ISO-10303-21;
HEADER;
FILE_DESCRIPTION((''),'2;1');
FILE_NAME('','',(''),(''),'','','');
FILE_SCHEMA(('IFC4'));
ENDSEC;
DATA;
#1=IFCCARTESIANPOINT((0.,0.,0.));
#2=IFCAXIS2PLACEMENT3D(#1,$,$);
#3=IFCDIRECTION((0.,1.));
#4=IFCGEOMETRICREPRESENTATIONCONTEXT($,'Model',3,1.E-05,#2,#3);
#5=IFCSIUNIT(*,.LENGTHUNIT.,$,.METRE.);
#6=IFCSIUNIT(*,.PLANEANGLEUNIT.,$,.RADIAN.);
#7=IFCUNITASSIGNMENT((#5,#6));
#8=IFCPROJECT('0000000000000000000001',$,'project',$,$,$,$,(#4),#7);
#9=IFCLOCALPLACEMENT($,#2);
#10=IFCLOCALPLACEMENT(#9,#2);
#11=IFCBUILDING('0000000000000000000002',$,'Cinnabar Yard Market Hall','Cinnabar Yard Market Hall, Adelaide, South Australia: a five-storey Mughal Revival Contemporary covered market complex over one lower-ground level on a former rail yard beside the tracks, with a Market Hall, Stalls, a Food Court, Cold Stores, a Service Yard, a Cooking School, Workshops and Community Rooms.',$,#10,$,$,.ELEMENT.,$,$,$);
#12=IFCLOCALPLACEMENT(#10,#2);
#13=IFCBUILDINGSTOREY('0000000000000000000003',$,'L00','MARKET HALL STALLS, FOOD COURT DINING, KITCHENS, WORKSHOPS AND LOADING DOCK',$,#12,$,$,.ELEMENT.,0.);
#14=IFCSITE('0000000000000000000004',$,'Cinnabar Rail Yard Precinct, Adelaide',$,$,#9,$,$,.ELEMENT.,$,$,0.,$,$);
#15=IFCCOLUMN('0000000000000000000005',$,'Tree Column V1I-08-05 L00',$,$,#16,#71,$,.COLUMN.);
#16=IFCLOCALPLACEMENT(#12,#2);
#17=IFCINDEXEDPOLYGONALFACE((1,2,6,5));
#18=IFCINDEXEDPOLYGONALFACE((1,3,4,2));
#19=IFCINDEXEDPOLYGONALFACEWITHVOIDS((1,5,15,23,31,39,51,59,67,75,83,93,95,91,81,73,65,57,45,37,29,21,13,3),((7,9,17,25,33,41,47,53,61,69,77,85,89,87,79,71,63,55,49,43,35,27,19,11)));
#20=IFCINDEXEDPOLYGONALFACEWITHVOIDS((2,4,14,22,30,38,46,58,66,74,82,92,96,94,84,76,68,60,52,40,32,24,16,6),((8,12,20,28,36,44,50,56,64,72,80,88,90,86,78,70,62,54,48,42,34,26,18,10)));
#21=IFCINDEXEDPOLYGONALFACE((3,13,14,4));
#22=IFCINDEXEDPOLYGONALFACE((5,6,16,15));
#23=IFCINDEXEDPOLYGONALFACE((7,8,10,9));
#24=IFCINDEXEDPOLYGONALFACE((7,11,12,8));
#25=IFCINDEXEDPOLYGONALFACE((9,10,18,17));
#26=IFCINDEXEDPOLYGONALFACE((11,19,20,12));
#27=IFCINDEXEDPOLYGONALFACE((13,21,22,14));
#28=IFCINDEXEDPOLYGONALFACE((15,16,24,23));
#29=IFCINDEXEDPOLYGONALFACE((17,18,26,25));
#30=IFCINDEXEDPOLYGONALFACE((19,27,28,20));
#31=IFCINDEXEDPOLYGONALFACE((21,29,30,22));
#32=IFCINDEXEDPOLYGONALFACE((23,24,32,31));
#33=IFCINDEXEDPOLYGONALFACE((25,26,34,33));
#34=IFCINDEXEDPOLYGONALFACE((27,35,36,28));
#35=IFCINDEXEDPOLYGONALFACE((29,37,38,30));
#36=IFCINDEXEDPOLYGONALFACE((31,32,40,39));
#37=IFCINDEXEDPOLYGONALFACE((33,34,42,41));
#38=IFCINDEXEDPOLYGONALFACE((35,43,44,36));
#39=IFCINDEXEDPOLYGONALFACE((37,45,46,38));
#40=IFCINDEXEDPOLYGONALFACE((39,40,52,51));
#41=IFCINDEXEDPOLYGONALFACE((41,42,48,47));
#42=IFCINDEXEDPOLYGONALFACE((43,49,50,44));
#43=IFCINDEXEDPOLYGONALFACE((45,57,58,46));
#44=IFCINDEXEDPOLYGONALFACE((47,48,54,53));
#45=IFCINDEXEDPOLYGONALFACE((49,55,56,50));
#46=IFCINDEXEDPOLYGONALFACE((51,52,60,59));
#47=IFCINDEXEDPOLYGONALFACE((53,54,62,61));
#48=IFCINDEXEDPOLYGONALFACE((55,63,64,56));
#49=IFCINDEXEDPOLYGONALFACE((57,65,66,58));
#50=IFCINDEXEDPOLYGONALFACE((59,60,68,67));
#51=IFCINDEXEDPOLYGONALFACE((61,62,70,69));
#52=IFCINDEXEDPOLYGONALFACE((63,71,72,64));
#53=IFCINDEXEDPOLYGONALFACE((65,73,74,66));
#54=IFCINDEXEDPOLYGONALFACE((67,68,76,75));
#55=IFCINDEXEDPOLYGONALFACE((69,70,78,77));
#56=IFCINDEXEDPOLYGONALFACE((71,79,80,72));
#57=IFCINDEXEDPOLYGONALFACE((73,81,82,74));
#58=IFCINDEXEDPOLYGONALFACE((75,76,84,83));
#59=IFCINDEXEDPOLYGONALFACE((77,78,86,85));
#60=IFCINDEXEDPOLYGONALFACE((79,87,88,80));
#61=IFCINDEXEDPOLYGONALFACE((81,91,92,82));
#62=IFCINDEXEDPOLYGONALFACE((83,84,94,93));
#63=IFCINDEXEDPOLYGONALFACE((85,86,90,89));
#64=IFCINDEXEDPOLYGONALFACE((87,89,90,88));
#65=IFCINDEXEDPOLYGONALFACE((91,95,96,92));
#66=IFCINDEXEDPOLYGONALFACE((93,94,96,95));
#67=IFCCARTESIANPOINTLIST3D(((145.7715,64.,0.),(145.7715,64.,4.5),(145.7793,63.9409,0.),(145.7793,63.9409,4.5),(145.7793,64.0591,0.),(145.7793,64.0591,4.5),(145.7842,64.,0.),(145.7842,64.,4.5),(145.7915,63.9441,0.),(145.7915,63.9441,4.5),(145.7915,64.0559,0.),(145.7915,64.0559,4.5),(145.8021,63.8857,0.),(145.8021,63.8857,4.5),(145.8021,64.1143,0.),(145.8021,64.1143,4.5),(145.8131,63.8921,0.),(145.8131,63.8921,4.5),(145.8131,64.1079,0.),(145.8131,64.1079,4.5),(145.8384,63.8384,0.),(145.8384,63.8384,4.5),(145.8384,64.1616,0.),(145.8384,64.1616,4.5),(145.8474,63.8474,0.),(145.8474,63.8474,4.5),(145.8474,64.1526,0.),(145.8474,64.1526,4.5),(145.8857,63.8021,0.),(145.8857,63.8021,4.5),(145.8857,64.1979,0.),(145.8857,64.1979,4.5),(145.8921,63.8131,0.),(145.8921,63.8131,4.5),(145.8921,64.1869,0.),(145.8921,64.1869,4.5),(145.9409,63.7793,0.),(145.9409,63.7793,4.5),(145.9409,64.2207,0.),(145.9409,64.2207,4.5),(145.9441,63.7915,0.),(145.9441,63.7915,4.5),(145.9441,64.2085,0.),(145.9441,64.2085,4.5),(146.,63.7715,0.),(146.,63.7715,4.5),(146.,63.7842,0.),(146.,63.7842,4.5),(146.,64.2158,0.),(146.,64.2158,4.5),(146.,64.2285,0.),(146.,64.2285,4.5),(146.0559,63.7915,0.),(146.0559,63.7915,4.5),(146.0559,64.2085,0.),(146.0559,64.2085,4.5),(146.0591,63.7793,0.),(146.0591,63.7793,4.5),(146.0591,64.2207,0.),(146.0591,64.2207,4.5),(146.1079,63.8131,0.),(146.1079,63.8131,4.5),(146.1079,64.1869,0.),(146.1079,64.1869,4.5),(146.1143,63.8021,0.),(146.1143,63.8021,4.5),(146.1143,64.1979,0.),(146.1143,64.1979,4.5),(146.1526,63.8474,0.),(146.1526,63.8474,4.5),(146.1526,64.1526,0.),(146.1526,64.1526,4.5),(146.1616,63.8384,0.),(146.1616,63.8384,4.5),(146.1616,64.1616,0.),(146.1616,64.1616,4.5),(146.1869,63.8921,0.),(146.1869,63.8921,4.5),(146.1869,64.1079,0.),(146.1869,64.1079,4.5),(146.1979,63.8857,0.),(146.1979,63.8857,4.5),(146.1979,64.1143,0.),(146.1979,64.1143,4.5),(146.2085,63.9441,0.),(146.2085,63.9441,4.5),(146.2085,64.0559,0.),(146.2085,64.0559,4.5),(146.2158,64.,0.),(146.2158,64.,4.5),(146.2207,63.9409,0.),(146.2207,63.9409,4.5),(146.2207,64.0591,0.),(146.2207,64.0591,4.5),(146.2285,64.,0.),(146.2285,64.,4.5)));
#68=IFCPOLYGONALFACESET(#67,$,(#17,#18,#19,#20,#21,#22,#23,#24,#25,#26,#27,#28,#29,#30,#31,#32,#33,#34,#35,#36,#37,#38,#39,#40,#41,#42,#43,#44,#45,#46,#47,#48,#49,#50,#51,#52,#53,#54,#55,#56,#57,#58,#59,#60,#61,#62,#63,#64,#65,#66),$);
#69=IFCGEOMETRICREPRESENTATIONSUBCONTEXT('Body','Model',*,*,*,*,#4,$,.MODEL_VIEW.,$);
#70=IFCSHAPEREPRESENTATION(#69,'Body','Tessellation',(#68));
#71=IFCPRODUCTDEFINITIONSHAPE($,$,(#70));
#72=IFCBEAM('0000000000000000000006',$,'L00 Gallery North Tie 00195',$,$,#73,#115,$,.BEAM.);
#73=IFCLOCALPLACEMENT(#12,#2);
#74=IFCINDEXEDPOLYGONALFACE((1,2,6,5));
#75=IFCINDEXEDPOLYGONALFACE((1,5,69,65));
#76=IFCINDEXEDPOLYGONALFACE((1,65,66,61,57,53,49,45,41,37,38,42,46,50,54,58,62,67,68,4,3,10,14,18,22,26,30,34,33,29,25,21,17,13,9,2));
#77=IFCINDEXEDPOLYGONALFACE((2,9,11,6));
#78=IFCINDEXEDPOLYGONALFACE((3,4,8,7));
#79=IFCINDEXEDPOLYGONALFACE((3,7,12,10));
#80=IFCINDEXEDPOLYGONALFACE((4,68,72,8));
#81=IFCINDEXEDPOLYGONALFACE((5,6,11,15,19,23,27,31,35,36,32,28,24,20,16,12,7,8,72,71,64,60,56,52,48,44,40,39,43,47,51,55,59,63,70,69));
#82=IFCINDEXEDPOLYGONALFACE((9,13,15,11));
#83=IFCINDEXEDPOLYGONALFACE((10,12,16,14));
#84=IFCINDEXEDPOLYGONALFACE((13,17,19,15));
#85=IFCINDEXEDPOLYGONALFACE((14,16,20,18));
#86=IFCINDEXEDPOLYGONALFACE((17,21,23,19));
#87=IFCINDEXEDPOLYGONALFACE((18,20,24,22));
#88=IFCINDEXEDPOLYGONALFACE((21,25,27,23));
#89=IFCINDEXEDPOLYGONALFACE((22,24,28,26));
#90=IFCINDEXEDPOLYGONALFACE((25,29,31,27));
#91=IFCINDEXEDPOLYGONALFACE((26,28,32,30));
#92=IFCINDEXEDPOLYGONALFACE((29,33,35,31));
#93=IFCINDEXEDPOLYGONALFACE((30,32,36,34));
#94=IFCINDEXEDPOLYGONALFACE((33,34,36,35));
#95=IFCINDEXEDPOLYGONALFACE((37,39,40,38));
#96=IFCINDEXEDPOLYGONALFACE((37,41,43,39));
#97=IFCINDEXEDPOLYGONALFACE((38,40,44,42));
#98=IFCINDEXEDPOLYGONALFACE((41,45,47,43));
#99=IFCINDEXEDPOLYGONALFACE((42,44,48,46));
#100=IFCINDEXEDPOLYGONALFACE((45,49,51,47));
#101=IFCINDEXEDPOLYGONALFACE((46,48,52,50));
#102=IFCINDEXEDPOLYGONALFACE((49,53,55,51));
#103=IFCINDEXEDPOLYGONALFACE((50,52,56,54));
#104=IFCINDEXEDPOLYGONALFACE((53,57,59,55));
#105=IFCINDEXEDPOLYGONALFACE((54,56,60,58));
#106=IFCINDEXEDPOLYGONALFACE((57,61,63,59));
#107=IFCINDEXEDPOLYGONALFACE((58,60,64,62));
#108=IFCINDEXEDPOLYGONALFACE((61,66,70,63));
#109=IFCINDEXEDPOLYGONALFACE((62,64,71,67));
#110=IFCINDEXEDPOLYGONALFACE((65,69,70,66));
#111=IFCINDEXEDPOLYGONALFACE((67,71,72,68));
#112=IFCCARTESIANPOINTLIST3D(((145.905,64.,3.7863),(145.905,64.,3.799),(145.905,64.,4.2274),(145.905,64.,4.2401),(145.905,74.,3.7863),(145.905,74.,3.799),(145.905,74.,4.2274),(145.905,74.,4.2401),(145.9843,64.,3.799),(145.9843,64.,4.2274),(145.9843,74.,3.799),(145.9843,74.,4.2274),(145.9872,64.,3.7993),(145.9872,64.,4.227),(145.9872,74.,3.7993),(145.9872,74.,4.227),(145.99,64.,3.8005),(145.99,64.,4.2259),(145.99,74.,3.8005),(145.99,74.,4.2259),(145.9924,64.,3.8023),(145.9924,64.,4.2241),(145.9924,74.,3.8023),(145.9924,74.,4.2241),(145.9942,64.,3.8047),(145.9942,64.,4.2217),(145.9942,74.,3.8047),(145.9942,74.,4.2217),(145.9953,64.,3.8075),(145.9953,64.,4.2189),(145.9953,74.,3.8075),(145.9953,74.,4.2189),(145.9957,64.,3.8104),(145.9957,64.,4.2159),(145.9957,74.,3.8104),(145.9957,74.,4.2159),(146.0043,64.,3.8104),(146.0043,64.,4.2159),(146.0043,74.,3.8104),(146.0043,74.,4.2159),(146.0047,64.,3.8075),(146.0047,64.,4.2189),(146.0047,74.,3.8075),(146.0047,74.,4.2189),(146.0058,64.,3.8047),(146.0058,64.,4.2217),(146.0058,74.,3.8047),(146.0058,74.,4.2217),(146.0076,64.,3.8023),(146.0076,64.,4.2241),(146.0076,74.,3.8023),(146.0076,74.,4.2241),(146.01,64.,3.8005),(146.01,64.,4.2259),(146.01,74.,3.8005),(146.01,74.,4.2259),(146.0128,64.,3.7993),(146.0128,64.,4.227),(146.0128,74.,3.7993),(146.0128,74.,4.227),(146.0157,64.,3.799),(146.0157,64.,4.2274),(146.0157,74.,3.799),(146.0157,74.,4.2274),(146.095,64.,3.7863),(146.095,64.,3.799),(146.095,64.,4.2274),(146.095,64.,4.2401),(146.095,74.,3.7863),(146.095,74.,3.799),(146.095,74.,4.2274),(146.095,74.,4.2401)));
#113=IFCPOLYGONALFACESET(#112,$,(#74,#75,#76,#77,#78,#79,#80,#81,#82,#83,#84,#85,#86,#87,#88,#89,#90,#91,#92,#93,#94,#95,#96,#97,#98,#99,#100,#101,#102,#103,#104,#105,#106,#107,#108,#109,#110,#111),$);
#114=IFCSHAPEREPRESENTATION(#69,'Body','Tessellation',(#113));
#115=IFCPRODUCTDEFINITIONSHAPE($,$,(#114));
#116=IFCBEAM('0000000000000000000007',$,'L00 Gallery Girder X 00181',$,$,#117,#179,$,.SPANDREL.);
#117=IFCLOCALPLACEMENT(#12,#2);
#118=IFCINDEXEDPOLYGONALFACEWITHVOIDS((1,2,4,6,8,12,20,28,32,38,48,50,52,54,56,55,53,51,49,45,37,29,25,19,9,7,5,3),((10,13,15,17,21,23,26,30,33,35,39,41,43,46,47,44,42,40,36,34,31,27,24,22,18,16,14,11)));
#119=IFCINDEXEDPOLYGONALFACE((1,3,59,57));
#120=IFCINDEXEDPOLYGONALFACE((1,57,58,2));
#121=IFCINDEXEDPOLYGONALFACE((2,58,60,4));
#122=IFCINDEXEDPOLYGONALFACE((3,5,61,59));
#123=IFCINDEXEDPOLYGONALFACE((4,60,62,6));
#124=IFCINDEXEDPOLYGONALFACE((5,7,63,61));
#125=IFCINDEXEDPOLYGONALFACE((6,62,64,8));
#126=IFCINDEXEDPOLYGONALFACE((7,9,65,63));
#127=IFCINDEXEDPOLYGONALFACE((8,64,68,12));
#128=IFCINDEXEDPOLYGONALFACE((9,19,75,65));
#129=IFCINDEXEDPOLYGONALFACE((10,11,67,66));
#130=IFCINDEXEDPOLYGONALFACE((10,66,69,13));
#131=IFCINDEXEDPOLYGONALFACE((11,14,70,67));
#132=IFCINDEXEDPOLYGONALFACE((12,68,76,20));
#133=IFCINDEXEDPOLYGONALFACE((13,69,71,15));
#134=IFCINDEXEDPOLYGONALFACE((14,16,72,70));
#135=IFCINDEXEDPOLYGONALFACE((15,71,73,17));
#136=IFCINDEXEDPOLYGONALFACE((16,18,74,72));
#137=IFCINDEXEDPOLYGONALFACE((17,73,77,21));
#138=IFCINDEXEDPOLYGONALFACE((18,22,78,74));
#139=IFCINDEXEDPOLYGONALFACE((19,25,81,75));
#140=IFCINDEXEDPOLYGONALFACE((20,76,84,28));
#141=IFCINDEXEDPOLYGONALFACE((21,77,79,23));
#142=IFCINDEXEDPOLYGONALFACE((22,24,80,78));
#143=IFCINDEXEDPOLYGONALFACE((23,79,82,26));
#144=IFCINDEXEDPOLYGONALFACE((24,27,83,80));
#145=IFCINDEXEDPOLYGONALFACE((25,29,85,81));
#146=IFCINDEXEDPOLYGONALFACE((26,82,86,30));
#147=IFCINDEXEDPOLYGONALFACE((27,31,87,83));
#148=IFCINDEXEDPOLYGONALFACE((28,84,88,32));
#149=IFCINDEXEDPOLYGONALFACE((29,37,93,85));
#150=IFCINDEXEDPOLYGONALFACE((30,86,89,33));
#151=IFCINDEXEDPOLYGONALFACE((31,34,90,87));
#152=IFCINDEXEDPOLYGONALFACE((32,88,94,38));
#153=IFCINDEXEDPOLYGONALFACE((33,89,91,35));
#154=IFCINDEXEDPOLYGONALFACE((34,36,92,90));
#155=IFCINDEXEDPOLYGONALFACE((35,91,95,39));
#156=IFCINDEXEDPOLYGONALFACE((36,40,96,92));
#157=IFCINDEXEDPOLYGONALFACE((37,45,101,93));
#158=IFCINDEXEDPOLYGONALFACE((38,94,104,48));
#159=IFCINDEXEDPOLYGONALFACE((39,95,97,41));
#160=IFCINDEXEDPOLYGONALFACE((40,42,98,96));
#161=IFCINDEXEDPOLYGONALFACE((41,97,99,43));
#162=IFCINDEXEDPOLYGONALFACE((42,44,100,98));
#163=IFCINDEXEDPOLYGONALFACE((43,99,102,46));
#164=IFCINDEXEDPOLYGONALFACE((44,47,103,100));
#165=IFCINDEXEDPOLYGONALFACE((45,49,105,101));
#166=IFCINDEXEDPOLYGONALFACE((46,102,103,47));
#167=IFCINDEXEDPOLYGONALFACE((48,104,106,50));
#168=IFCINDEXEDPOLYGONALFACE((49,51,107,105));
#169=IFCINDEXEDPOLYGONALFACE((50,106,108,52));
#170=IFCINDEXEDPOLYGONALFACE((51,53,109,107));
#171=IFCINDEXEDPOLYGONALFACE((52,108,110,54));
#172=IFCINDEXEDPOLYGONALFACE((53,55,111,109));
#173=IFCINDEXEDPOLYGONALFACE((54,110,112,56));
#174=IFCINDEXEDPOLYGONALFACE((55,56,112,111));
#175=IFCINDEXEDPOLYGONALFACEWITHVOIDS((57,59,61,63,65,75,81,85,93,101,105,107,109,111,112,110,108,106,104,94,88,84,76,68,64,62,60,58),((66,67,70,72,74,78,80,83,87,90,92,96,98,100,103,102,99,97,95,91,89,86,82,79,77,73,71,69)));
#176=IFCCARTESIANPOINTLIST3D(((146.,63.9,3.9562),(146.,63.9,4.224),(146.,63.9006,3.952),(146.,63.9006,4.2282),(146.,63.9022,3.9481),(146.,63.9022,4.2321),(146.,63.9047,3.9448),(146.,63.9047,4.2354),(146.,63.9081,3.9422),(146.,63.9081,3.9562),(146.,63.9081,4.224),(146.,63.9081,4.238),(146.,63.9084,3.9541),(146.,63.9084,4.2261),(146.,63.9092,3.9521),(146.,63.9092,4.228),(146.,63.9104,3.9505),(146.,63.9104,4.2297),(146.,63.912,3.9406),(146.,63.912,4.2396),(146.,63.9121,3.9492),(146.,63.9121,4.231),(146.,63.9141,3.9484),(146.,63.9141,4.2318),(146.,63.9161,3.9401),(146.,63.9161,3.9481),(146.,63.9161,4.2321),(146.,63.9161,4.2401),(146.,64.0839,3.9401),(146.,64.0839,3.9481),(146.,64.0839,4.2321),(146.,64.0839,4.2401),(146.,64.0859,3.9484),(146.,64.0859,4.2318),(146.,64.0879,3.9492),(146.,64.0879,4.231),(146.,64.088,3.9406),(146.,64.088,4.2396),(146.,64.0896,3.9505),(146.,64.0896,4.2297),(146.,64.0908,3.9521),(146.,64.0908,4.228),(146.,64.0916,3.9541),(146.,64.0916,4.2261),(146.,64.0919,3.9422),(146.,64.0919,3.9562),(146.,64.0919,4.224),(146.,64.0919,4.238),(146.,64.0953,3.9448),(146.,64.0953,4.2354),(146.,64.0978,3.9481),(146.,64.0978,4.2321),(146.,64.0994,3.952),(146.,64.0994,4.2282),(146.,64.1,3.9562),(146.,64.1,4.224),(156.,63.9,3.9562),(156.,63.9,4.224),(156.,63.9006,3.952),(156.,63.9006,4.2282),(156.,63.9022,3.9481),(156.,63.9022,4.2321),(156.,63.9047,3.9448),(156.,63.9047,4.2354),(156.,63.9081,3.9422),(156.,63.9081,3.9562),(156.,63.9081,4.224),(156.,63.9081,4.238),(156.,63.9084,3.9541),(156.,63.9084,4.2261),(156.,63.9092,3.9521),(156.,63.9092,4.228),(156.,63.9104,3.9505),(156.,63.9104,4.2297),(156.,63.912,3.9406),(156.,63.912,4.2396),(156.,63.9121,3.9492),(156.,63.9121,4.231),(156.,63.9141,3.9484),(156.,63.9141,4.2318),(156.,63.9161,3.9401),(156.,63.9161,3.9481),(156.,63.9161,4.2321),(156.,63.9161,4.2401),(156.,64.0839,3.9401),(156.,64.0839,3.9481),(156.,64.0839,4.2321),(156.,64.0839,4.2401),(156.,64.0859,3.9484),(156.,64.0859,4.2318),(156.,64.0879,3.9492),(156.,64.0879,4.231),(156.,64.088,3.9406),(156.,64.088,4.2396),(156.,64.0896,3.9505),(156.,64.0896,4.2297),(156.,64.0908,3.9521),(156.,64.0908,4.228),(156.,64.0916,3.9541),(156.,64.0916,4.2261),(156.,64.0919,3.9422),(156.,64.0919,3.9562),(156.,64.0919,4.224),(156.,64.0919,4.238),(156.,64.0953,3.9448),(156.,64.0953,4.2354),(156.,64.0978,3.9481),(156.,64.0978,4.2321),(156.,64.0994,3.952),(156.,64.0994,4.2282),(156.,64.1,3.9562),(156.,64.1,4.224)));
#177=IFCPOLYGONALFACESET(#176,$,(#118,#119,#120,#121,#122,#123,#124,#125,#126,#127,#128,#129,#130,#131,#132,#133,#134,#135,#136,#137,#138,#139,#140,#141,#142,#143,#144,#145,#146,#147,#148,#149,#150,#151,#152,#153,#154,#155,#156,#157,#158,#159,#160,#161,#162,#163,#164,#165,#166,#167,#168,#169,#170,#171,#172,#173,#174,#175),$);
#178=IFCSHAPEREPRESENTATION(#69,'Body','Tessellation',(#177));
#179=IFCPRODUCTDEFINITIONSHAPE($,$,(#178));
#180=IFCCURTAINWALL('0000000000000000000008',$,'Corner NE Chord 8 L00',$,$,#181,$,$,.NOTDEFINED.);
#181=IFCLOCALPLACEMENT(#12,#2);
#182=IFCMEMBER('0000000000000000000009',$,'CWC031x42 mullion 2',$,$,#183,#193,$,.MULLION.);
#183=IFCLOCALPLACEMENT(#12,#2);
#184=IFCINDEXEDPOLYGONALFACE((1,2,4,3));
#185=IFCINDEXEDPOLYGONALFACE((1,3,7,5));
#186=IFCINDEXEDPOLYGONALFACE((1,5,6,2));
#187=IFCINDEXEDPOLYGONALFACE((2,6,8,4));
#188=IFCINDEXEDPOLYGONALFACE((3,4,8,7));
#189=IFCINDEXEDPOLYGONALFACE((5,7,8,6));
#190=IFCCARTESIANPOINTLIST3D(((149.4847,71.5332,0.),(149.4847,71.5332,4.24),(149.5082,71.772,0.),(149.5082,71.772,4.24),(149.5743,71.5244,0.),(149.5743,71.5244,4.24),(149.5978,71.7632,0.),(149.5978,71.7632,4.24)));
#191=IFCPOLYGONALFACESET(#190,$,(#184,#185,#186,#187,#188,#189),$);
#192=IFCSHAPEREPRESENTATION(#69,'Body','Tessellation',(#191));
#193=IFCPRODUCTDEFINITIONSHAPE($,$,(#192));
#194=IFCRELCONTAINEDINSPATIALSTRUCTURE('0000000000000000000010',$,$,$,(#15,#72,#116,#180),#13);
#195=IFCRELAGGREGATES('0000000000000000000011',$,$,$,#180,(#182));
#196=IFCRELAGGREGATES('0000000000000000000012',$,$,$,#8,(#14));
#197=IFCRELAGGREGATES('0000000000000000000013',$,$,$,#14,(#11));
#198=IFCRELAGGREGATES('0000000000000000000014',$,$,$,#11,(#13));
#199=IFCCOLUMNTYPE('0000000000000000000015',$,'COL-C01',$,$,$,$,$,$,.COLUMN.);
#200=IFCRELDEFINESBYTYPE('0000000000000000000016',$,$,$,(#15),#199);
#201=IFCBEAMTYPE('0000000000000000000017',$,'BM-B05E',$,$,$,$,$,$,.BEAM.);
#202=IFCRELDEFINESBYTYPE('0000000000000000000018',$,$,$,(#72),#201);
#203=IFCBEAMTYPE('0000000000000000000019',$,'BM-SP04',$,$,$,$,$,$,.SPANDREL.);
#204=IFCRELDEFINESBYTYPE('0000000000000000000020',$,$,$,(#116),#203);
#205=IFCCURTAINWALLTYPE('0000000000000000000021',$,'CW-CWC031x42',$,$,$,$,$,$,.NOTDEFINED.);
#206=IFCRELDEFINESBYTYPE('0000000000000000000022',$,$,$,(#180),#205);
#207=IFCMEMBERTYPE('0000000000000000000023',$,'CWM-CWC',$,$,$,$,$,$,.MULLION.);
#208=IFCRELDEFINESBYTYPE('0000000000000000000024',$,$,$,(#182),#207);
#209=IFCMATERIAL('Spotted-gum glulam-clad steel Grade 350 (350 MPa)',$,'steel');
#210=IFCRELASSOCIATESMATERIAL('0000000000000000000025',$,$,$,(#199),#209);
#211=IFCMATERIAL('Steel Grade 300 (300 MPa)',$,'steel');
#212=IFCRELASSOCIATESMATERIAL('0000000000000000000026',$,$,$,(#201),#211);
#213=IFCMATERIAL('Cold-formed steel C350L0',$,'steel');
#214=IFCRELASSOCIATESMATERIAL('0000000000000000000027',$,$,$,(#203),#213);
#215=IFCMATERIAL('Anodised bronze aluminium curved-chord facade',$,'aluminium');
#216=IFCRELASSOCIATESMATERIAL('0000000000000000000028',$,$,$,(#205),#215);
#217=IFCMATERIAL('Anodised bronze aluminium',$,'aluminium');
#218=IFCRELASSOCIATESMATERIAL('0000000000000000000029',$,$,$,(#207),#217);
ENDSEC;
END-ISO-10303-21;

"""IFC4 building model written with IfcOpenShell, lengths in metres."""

from ifc_helpers import new_model, si_unit, direction, frame, origin, origin_2d_with_axis, place, context, subcontext, project, spatial, rectangle, hollow_rectangle, hollow_circle, i_section, extrude, material, material_profile, profile_set, type_object, element, aggregate, save


model = new_model("IFC4")

# Units and contexts
model_context = context("Model", 3, precision=1e-05, world=origin(), true_north=direction((0.0, 1.0)))
body_context = subcontext(model_context, "Body", "Model", "MODEL_VIEW")
ifc_project = project(units=[si_unit("LENGTHUNIT", "METRE"), si_unit("PLANEANGLEUNIT", "RADIAN")], contexts=[model_context])

# Site, building, storey
site_placement = place(None, origin())
site = spatial("IfcSite", under=ifc_project, at=site_placement, Name="Cinnabar Rail Yard Precinct, Adelaide", CompositionType="ELEMENT", RefElevation=0.0)
building_placement = place(site_placement, origin())
building = spatial("IfcBuilding", under=site, at=building_placement, Name="Cinnabar Yard Market Hall", Description="Cinnabar Yard Market Hall, Adelaide, South Australia: a five-storey Mughal Revival Contemporary covered market complex over one lower-ground level on a former rail yard beside the tracks, with a Market Hall, Stalls, a Food Court, Cold Stores, a Service Yard, a Cooking School, Workshops and Community Rooms.", CompositionType="ELEMENT")
storey_placement = place(building_placement, origin())
storey = spatial("IfcBuildingStorey", under=building, at=storey_placement, Name="L00", Description="MARKET HALL STALLS, FOOD COURT DINING, KITCHENS, WORKSHOPS AND LOADING DOCK", CompositionType="ELEMENT", Elevation=0.0)

# Column
ifc_material_1 = material(Name="Spotted-gum glulam-clad steel Grade 350 (350 MPa)", Category="steel")
ifc_material_profile_1 = material_profile(ifc_material_1, hollow_circle(Radius=0.2285, WallThickness=0.0127, at=origin_2d_with_axis()), Name="457.0x12.7CHS")
ifc_profile_set_1 = profile_set([ifc_material_profile_1], Name="Spotted-gum glulam-clad steel Grade 350 (350 MPa)")
column_type = type_object("IfcColumnType", Name="COL-C01", PredefinedType="COLUMN", material=ifc_profile_set_1)
column_placement = place(storey_placement, frame((146.0, 64.0, 0.0), z_axis=(0.0, 0.0, 1.0), x_axis=(1.0, 0.0, 0.0)))
element("IfcColumn", 1, at=column_placement, inside=storey, type_object=column_type, Name="Tree Column V1I-08-05 L00", PredefinedType="COLUMN", context=body_context, shape_type="SweptSolid", body=[
    extrude(hollow_circle(Radius=0.2285, WallThickness=0.0127, at=origin_2d_with_axis()), origin(), (0.0, 0.0, 1.0), 4.5),
])

# Beams
ifc_material_2 = material(Name="Steel Grade 300 (300 MPa)", Category="steel")
ifc_material_profile_2 = material_profile(ifc_material_2, i_section(OverallWidth=0.1899, OverallDepth=0.4539, WebThickness=0.0085, FlangeThickness=0.0127, FilletRadius=0.0115, at=origin_2d_with_axis()), Name="460UB67.1")
ifc_profile_set_2 = profile_set([ifc_material_profile_2], Name="Steel Grade 300 (300 MPa)")
beam_type_1 = type_object("IfcBeamType", Name="BM-B05E", PredefinedType="BEAM", material=ifc_profile_set_2)
beam_1_placement = place(storey_placement, frame((146.0, 64.0, 4.0132), z_axis=(0.0, 1.0, 0.0), x_axis=(-1.0, 0.0, 0.0)))
element("IfcBeam", 2, at=beam_1_placement, inside=storey, type_object=beam_type_1, Name="L00 Gallery North Tie 00195", PredefinedType="BEAM", context=body_context, shape_type="SweptSolid", body=[
    extrude(i_section(OverallWidth=0.1899, OverallDepth=0.4539, WebThickness=0.0085, FlangeThickness=0.0127, FilletRadius=0.0115, at=origin_2d_with_axis()), origin(), (0.0, 0.0, 1.0), 10.0),
])
ifc_material_3 = material(Name="Cold-formed steel C350L0", Category="steel")
ifc_material_profile_3 = material_profile(ifc_material_3, hollow_rectangle(XDim=0.2, YDim=0.3, WallThickness=0.0081, InnerFilletRadius=0.0081, OuterFilletRadius=0.0161, at=origin_2d_with_axis()), Name="300x200x8.0RHS")
ifc_profile_set_3 = profile_set([ifc_material_profile_3], Name="Cold-formed steel C350L0")
beam_type_2 = type_object("IfcBeamType", Name="BM-SP04", PredefinedType="SPANDREL", material=ifc_profile_set_3)
beam_2_placement = place(storey_placement, frame((146.0, 64.0, 4.0901), z_axis=(1.0, 0.0, 0.0), x_axis=(0.0, 1.0, 0.0)))
element("IfcBeam", 3, at=beam_2_placement, inside=storey, type_object=beam_type_2, Name="L00 Gallery Girder X 00181", PredefinedType="SPANDREL", context=body_context, shape_type="SweptSolid", body=[
    extrude(hollow_rectangle(XDim=0.2, YDim=0.3, WallThickness=0.0081, InnerFilletRadius=0.0081, OuterFilletRadius=0.0161, at=origin_2d_with_axis()), origin(), (0.0, 0.0, 1.0), 10.0),
])

# Curtain wall, member
ifc_material_4 = material(Name="Anodised bronze aluminium curved-chord facade", Category="aluminium")
curtain_wall_type = type_object("IfcCurtainWallType", Name="CW-CWC031x42", PredefinedType="NOTDEFINED", material=ifc_material_4)
curtain_wall_placement = place(storey_placement, origin())
curtain_wall = element("IfcCurtainWall", 4, at=curtain_wall_placement, inside=storey, type_object=curtain_wall_type, Name="Corner NE Chord 8 L00", PredefinedType="NOTDEFINED")
ifc_material_5 = material(Name="Anodised bronze aluminium", Category="aluminium")
ifc_material_profile_4 = material_profile(ifc_material_5, rectangle(XDim=0.24, YDim=0.0901, at=origin_2d_with_axis()), Name="MUL-CWC")
ifc_profile_set_4 = profile_set([ifc_material_profile_4], Name="Anodised bronze aluminium")
member_type_1 = type_object("IfcMemberType", Name="CWM-CWC", PredefinedType="MULLION", material=ifc_profile_set_4)
member_1_placement = place(storey_placement, frame((149.5413, 71.6482, 0.0), z_axis=(0.0, 0.0, 1.0), x_axis=(-0.09802, -0.995184, 0.0)))
member_1 = element("IfcMember", 5, at=member_1_placement, type_object=member_type_1, Name="CWC031x42 mullion 2", PredefinedType="MULLION", context=body_context, shape_type="SweptSolid", body=[
    extrude(rectangle(XDim=0.24, YDim=0.0901, at=origin_2d_with_axis()), origin(), (0.0, 0.0, 1.0), 4.24),
])
aggregate(curtain_wall, [member_1])

save(model, "model.ifc")
